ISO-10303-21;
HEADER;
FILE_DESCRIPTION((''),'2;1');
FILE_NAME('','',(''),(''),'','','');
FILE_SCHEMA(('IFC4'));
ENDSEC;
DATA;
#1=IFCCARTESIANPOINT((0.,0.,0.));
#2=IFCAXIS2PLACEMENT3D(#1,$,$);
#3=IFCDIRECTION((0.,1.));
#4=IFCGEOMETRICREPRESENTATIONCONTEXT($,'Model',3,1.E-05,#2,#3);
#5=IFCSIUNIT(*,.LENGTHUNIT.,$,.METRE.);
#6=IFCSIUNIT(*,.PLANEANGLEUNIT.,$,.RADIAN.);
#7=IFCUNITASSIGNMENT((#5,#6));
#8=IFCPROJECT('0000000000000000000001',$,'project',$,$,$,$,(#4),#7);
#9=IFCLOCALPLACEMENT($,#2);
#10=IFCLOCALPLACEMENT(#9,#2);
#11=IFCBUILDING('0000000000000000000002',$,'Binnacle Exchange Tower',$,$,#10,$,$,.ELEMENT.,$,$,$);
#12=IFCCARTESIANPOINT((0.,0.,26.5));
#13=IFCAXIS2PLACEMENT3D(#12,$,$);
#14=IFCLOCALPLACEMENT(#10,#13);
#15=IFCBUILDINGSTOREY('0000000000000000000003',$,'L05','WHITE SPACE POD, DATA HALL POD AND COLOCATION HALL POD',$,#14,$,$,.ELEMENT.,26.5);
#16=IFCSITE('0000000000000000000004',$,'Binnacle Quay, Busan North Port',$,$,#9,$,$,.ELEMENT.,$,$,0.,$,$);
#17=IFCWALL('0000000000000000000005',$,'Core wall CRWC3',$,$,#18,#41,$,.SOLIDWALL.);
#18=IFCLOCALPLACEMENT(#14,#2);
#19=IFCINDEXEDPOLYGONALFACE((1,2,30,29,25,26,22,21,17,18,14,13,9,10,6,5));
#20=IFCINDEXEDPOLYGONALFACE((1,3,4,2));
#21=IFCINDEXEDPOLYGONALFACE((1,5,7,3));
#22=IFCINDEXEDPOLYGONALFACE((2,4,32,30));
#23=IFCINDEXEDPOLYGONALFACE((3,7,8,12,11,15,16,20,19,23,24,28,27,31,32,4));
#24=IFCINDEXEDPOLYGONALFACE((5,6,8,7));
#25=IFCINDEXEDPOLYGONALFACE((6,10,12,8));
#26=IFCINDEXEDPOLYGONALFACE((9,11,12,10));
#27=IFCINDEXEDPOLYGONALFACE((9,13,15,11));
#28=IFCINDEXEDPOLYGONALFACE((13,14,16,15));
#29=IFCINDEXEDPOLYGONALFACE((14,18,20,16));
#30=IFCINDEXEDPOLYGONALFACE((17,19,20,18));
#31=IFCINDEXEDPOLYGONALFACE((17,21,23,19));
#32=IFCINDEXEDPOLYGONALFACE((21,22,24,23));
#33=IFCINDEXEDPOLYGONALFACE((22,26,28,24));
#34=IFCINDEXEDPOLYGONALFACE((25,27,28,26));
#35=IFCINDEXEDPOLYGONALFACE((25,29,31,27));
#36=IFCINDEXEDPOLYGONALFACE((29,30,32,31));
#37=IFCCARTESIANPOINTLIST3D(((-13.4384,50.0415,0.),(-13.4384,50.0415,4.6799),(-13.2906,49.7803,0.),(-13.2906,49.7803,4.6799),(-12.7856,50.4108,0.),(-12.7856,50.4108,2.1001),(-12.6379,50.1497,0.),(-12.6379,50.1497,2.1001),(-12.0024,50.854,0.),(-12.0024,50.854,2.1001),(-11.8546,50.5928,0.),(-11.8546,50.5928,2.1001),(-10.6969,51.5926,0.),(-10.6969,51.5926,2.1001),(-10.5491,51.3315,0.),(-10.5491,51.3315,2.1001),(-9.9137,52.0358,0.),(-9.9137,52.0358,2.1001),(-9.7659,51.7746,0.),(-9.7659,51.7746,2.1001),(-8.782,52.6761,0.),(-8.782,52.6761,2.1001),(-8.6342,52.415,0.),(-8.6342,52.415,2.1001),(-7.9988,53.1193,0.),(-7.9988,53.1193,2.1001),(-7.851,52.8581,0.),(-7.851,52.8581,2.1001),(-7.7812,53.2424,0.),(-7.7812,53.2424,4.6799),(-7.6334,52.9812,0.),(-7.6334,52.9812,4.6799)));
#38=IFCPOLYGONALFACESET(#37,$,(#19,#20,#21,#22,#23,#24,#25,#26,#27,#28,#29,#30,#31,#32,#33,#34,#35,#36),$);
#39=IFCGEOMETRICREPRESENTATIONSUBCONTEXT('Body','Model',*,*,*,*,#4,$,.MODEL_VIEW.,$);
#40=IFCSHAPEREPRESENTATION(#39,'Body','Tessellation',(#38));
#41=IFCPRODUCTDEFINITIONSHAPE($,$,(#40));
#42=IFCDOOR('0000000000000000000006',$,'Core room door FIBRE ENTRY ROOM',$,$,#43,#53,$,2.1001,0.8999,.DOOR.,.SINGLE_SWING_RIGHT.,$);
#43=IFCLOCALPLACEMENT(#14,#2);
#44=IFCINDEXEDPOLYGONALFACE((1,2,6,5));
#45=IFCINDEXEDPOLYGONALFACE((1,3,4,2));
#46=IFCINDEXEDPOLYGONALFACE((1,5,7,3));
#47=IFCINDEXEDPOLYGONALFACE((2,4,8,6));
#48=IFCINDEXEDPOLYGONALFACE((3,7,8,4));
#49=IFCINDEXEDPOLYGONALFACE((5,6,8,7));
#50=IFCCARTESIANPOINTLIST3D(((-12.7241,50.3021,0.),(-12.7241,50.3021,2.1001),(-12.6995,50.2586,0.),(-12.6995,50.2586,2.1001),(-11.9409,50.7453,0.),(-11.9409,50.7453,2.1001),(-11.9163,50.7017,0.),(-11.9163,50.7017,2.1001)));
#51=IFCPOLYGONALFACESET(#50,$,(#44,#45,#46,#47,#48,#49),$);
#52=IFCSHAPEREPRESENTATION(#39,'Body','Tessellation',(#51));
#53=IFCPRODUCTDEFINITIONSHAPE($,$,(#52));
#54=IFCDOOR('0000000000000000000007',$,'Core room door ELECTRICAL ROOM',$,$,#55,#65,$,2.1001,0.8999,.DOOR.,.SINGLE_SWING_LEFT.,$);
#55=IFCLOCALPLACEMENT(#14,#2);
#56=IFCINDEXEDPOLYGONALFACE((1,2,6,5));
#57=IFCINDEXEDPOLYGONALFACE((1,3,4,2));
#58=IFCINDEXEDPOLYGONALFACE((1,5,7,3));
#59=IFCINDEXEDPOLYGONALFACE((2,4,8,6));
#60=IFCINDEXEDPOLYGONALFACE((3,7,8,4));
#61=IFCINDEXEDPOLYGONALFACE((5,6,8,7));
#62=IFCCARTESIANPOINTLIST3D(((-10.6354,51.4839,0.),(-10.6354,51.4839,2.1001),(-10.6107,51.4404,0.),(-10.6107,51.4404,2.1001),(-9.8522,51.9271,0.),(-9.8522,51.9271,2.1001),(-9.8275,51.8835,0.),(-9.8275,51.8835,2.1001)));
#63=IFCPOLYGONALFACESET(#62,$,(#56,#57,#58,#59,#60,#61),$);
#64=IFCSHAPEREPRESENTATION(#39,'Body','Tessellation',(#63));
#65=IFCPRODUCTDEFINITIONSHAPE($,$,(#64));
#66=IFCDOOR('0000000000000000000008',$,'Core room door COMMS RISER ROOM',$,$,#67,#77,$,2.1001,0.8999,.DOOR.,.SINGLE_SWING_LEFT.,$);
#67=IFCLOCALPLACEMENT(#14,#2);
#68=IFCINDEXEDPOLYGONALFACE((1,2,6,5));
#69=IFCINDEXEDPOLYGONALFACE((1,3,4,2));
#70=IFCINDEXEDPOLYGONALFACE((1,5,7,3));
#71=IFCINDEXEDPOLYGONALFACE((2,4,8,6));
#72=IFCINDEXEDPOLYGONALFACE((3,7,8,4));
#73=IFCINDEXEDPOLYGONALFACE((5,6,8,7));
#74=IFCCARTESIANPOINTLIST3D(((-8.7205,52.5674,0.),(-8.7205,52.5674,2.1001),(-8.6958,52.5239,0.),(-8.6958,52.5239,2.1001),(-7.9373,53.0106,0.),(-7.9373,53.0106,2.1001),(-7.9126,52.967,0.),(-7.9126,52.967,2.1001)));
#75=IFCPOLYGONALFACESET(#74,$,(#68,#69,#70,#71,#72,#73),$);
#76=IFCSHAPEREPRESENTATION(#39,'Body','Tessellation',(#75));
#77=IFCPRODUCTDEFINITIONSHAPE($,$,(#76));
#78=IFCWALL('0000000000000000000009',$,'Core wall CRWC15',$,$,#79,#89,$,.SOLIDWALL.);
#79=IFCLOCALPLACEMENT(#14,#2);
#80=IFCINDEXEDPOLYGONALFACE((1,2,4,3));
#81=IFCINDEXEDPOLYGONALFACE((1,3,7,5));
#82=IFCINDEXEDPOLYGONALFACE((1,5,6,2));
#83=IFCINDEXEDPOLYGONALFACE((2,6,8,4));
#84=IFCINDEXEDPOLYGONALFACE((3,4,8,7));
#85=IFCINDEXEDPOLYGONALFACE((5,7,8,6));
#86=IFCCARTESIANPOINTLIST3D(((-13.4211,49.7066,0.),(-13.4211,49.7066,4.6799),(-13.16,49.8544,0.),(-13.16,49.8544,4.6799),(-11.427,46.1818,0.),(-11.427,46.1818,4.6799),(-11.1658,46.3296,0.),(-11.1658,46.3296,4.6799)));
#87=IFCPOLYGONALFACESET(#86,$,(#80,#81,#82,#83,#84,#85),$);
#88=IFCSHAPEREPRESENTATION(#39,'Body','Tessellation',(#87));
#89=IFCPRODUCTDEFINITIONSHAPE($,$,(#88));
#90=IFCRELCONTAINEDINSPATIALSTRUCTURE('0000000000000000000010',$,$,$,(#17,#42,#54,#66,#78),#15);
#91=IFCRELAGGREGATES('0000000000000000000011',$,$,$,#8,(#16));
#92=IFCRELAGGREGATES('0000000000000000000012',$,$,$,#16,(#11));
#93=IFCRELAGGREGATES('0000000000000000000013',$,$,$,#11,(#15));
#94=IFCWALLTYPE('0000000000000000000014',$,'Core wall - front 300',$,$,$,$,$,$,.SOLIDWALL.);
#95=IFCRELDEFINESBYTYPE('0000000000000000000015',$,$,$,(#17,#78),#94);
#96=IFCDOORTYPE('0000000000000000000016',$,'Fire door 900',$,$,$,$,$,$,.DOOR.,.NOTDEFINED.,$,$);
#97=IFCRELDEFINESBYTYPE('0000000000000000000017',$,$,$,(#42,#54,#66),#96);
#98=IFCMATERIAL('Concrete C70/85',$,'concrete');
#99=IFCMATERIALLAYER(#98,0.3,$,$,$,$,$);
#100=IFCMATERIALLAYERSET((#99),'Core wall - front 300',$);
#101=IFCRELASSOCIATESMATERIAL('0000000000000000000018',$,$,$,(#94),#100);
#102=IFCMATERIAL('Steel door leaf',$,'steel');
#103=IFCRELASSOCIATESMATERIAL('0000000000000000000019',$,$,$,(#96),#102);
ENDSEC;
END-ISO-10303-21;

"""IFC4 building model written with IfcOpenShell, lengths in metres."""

from ifc_helpers import new_model, si_unit, direction, frame, frame_2d, origin, place, context, subcontext, project, spatial, rectangle, extrude, material, layer, layer_set, type_object, element, fill, save


model = new_model("IFC4")

# Units and contexts
model_context = context("Model", 3, precision=1e-05, world=origin(), true_north=direction((0.0, 1.0)))
body_context = subcontext(model_context, "Body", "Model", "MODEL_VIEW")
ifc_project = project(units=[si_unit("LENGTHUNIT", "METRE"), si_unit("PLANEANGLEUNIT", "RADIAN")], contexts=[model_context])

# Site, building, storey
site_placement = place(None, origin())
site = spatial("IfcSite", under=ifc_project, at=site_placement, Name="Binnacle Quay, Busan North Port", CompositionType="ELEMENT", RefElevation=0.0)
building_placement = place(site_placement, origin())
building = spatial("IfcBuilding", under=site, at=building_placement, Name="Binnacle Exchange Tower", CompositionType="ELEMENT")
storey_placement = place(building_placement, frame((0.0, 0.0, 26.5)))
storey = spatial("IfcBuildingStorey", under=building, at=storey_placement, Name="L05", Description="WHITE SPACE POD, DATA HALL POD AND COLOCATION HALL POD", CompositionType="ELEMENT", Elevation=26.5)

# Shared definitions
ifc_material_1 = material(Name="Concrete C70/85", Category="concrete")

# Wall, openings, doors
ifc_layer_1 = layer(ifc_material_1, 0.3)
ifc_layer_set_1 = layer_set([ifc_layer_1], Name="Core wall - front 300")
wall_type_1 = type_object("IfcWallType", Name="Core wall - front 300", PredefinedType="SOLIDWALL", material=ifc_layer_set_1)
wall_1_placement = place(storey_placement, frame((-13.3645, 49.9109, 0.0), z_axis=(0.0, 0.0, 1.0), x_axis=(0.870341, 0.49245, 0.0)))
wall_1 = element("IfcWall", 1, at=wall_1_placement, inside=storey, type_object=wall_type_1, Name="Core wall CRWC3", PredefinedType="SOLIDWALL", context=body_context, shape_type="SweptSolid", body=[
    extrude(rectangle(XDim=6.5, YDim=0.3, at=frame_2d((3.25, 0.0))), origin(), (0.0, 0.0, 1.0), 4.6799),
])
opening_1_placement = place(wall_1_placement, frame((0.75, 0.0, 0.0)))
opening_1 = element("IfcOpeningElement", 2, at=opening_1_placement, cuts=wall_1, PredefinedType="OPENING", context=body_context, shape_type="SweptSolid", body=[
    extrude(rectangle(XDim=0.8999, YDim=2.1001, at=frame_2d((0.45, 1.05))), frame((0.0, 0.1599, 0.0), z_axis=(0.0, -1.0, 0.0), x_axis=(1.0, 0.0, 0.0)), (0.0, 0.0, 1.0), 0.3201),
])
opening_2_placement = place(wall_1_placement, frame((3.1499, 0.0, 0.0)))
opening_2 = element("IfcOpeningElement", 3, at=opening_2_placement, cuts=wall_1, PredefinedType="OPENING", context=body_context, shape_type="SweptSolid", body=[
    extrude(rectangle(XDim=0.8999, YDim=2.1001, at=frame_2d((0.45, 1.05))), frame((0.0, 0.1599, 0.0), z_axis=(0.0, -1.0, 0.0), x_axis=(1.0, 0.0, 0.0)), (0.0, 0.0, 1.0), 0.3201),
])
opening_3_placement = place(wall_1_placement, frame((5.3501, 0.0, 0.0)))
opening_3 = element("IfcOpeningElement", 4, at=opening_3_placement, cuts=wall_1, PredefinedType="OPENING", context=body_context, shape_type="SweptSolid", body=[
    extrude(rectangle(XDim=0.8999, YDim=2.1001, at=frame_2d((0.45, 1.05))), frame((0.0, 0.1599, 0.0), z_axis=(0.0, -1.0, 0.0), x_axis=(1.0, 0.0, 0.0)), (0.0, 0.0, 1.0), 0.3201),
])
ifc_material_2 = material(Name="Steel door leaf", Category="steel")
door_type_1 = type_object("IfcDoorType", Name="Fire door 900", OperationType="NOTDEFINED", PredefinedType="DOOR", material=ifc_material_2)
door_1_placement = place(opening_1_placement, frame((0.8999, 0.0, 0.0), z_axis=(0.0, 0.0, 1.0), x_axis=(-1.0, 0.0, 0.0)))
door_1 = element("IfcDoor", 5, at=door_1_placement, inside=storey, type_object=door_type_1, Name="Core room door FIBRE ENTRY ROOM", OperationType="SINGLE_SWING_RIGHT", OverallHeight=2.1001, OverallWidth=0.8999, PredefinedType="DOOR", context=body_context, shape_type="SweptSolid", body=[
    extrude(rectangle(XDim=0.8999, YDim=2.1001, at=frame_2d((0.45, 1.05))), frame((0.0, 0.0249, 0.0), z_axis=(0.0, -1.0, 0.0), x_axis=(1.0, 0.0, 0.0)), (0.0, 0.0, 1.0), 0.05),
])
fill(opening_1, door_1)
door_2_placement = place(opening_2_placement, frame((0.8999, 0.0, 0.0), z_axis=(0.0, 0.0, 1.0), x_axis=(-1.0, 0.0, 0.0)))
door_2 = element("IfcDoor", 6, at=door_2_placement, inside=storey, type_object=door_type_1, Name="Core room door ELECTRICAL ROOM", OperationType="SINGLE_SWING_LEFT", OverallHeight=2.1001, OverallWidth=0.8999, PredefinedType="DOOR", context=body_context, shape_type="SweptSolid", body=[
    extrude(rectangle(XDim=0.8999, YDim=2.1001, at=frame_2d((0.45, 1.05))), frame((0.0, 0.0249, 0.0), z_axis=(0.0, -1.0, 0.0), x_axis=(1.0, 0.0, 0.0)), (0.0, 0.0, 1.0), 0.05),
])
fill(opening_2, door_2)
door_3_placement = place(opening_3_placement, frame((0.8999, 0.0, 0.0), z_axis=(0.0, 0.0, 1.0), x_axis=(-1.0, 0.0, 0.0)))
door_3 = element("IfcDoor", 7, at=door_3_placement, inside=storey, type_object=door_type_1, Name="Core room door COMMS RISER ROOM", OperationType="SINGLE_SWING_LEFT", OverallHeight=2.1001, OverallWidth=0.8999, PredefinedType="DOOR", context=body_context, shape_type="SweptSolid", body=[
    extrude(rectangle(XDim=0.8999, YDim=2.1001, at=frame_2d((0.45, 1.05))), frame((0.0, 0.0249, 0.0), z_axis=(0.0, -1.0, 0.0), x_axis=(1.0, 0.0, 0.0)), (0.0, 0.0, 1.0), 0.05),
])
fill(opening_3, door_3)

# Wall
wall_2_placement = place(storey_placement, frame((-13.2905, 49.7805, 0.0), z_axis=(0.0, 0.0, 1.0), x_axis=(0.492395, -0.870372, 0.0)))
element("IfcWall", 8, at=wall_2_placement, inside=storey, type_object=wall_type_1, Name="Core wall CRWC15", PredefinedType="SOLIDWALL", context=body_context, shape_type="SweptSolid", body=[
    extrude(rectangle(XDim=4.0498, YDim=0.3, at=frame_2d((2.0249, 0.0))), origin(), (0.0, 0.0, 1.0), 4.6799),
])

save(model, "model.ifc")
